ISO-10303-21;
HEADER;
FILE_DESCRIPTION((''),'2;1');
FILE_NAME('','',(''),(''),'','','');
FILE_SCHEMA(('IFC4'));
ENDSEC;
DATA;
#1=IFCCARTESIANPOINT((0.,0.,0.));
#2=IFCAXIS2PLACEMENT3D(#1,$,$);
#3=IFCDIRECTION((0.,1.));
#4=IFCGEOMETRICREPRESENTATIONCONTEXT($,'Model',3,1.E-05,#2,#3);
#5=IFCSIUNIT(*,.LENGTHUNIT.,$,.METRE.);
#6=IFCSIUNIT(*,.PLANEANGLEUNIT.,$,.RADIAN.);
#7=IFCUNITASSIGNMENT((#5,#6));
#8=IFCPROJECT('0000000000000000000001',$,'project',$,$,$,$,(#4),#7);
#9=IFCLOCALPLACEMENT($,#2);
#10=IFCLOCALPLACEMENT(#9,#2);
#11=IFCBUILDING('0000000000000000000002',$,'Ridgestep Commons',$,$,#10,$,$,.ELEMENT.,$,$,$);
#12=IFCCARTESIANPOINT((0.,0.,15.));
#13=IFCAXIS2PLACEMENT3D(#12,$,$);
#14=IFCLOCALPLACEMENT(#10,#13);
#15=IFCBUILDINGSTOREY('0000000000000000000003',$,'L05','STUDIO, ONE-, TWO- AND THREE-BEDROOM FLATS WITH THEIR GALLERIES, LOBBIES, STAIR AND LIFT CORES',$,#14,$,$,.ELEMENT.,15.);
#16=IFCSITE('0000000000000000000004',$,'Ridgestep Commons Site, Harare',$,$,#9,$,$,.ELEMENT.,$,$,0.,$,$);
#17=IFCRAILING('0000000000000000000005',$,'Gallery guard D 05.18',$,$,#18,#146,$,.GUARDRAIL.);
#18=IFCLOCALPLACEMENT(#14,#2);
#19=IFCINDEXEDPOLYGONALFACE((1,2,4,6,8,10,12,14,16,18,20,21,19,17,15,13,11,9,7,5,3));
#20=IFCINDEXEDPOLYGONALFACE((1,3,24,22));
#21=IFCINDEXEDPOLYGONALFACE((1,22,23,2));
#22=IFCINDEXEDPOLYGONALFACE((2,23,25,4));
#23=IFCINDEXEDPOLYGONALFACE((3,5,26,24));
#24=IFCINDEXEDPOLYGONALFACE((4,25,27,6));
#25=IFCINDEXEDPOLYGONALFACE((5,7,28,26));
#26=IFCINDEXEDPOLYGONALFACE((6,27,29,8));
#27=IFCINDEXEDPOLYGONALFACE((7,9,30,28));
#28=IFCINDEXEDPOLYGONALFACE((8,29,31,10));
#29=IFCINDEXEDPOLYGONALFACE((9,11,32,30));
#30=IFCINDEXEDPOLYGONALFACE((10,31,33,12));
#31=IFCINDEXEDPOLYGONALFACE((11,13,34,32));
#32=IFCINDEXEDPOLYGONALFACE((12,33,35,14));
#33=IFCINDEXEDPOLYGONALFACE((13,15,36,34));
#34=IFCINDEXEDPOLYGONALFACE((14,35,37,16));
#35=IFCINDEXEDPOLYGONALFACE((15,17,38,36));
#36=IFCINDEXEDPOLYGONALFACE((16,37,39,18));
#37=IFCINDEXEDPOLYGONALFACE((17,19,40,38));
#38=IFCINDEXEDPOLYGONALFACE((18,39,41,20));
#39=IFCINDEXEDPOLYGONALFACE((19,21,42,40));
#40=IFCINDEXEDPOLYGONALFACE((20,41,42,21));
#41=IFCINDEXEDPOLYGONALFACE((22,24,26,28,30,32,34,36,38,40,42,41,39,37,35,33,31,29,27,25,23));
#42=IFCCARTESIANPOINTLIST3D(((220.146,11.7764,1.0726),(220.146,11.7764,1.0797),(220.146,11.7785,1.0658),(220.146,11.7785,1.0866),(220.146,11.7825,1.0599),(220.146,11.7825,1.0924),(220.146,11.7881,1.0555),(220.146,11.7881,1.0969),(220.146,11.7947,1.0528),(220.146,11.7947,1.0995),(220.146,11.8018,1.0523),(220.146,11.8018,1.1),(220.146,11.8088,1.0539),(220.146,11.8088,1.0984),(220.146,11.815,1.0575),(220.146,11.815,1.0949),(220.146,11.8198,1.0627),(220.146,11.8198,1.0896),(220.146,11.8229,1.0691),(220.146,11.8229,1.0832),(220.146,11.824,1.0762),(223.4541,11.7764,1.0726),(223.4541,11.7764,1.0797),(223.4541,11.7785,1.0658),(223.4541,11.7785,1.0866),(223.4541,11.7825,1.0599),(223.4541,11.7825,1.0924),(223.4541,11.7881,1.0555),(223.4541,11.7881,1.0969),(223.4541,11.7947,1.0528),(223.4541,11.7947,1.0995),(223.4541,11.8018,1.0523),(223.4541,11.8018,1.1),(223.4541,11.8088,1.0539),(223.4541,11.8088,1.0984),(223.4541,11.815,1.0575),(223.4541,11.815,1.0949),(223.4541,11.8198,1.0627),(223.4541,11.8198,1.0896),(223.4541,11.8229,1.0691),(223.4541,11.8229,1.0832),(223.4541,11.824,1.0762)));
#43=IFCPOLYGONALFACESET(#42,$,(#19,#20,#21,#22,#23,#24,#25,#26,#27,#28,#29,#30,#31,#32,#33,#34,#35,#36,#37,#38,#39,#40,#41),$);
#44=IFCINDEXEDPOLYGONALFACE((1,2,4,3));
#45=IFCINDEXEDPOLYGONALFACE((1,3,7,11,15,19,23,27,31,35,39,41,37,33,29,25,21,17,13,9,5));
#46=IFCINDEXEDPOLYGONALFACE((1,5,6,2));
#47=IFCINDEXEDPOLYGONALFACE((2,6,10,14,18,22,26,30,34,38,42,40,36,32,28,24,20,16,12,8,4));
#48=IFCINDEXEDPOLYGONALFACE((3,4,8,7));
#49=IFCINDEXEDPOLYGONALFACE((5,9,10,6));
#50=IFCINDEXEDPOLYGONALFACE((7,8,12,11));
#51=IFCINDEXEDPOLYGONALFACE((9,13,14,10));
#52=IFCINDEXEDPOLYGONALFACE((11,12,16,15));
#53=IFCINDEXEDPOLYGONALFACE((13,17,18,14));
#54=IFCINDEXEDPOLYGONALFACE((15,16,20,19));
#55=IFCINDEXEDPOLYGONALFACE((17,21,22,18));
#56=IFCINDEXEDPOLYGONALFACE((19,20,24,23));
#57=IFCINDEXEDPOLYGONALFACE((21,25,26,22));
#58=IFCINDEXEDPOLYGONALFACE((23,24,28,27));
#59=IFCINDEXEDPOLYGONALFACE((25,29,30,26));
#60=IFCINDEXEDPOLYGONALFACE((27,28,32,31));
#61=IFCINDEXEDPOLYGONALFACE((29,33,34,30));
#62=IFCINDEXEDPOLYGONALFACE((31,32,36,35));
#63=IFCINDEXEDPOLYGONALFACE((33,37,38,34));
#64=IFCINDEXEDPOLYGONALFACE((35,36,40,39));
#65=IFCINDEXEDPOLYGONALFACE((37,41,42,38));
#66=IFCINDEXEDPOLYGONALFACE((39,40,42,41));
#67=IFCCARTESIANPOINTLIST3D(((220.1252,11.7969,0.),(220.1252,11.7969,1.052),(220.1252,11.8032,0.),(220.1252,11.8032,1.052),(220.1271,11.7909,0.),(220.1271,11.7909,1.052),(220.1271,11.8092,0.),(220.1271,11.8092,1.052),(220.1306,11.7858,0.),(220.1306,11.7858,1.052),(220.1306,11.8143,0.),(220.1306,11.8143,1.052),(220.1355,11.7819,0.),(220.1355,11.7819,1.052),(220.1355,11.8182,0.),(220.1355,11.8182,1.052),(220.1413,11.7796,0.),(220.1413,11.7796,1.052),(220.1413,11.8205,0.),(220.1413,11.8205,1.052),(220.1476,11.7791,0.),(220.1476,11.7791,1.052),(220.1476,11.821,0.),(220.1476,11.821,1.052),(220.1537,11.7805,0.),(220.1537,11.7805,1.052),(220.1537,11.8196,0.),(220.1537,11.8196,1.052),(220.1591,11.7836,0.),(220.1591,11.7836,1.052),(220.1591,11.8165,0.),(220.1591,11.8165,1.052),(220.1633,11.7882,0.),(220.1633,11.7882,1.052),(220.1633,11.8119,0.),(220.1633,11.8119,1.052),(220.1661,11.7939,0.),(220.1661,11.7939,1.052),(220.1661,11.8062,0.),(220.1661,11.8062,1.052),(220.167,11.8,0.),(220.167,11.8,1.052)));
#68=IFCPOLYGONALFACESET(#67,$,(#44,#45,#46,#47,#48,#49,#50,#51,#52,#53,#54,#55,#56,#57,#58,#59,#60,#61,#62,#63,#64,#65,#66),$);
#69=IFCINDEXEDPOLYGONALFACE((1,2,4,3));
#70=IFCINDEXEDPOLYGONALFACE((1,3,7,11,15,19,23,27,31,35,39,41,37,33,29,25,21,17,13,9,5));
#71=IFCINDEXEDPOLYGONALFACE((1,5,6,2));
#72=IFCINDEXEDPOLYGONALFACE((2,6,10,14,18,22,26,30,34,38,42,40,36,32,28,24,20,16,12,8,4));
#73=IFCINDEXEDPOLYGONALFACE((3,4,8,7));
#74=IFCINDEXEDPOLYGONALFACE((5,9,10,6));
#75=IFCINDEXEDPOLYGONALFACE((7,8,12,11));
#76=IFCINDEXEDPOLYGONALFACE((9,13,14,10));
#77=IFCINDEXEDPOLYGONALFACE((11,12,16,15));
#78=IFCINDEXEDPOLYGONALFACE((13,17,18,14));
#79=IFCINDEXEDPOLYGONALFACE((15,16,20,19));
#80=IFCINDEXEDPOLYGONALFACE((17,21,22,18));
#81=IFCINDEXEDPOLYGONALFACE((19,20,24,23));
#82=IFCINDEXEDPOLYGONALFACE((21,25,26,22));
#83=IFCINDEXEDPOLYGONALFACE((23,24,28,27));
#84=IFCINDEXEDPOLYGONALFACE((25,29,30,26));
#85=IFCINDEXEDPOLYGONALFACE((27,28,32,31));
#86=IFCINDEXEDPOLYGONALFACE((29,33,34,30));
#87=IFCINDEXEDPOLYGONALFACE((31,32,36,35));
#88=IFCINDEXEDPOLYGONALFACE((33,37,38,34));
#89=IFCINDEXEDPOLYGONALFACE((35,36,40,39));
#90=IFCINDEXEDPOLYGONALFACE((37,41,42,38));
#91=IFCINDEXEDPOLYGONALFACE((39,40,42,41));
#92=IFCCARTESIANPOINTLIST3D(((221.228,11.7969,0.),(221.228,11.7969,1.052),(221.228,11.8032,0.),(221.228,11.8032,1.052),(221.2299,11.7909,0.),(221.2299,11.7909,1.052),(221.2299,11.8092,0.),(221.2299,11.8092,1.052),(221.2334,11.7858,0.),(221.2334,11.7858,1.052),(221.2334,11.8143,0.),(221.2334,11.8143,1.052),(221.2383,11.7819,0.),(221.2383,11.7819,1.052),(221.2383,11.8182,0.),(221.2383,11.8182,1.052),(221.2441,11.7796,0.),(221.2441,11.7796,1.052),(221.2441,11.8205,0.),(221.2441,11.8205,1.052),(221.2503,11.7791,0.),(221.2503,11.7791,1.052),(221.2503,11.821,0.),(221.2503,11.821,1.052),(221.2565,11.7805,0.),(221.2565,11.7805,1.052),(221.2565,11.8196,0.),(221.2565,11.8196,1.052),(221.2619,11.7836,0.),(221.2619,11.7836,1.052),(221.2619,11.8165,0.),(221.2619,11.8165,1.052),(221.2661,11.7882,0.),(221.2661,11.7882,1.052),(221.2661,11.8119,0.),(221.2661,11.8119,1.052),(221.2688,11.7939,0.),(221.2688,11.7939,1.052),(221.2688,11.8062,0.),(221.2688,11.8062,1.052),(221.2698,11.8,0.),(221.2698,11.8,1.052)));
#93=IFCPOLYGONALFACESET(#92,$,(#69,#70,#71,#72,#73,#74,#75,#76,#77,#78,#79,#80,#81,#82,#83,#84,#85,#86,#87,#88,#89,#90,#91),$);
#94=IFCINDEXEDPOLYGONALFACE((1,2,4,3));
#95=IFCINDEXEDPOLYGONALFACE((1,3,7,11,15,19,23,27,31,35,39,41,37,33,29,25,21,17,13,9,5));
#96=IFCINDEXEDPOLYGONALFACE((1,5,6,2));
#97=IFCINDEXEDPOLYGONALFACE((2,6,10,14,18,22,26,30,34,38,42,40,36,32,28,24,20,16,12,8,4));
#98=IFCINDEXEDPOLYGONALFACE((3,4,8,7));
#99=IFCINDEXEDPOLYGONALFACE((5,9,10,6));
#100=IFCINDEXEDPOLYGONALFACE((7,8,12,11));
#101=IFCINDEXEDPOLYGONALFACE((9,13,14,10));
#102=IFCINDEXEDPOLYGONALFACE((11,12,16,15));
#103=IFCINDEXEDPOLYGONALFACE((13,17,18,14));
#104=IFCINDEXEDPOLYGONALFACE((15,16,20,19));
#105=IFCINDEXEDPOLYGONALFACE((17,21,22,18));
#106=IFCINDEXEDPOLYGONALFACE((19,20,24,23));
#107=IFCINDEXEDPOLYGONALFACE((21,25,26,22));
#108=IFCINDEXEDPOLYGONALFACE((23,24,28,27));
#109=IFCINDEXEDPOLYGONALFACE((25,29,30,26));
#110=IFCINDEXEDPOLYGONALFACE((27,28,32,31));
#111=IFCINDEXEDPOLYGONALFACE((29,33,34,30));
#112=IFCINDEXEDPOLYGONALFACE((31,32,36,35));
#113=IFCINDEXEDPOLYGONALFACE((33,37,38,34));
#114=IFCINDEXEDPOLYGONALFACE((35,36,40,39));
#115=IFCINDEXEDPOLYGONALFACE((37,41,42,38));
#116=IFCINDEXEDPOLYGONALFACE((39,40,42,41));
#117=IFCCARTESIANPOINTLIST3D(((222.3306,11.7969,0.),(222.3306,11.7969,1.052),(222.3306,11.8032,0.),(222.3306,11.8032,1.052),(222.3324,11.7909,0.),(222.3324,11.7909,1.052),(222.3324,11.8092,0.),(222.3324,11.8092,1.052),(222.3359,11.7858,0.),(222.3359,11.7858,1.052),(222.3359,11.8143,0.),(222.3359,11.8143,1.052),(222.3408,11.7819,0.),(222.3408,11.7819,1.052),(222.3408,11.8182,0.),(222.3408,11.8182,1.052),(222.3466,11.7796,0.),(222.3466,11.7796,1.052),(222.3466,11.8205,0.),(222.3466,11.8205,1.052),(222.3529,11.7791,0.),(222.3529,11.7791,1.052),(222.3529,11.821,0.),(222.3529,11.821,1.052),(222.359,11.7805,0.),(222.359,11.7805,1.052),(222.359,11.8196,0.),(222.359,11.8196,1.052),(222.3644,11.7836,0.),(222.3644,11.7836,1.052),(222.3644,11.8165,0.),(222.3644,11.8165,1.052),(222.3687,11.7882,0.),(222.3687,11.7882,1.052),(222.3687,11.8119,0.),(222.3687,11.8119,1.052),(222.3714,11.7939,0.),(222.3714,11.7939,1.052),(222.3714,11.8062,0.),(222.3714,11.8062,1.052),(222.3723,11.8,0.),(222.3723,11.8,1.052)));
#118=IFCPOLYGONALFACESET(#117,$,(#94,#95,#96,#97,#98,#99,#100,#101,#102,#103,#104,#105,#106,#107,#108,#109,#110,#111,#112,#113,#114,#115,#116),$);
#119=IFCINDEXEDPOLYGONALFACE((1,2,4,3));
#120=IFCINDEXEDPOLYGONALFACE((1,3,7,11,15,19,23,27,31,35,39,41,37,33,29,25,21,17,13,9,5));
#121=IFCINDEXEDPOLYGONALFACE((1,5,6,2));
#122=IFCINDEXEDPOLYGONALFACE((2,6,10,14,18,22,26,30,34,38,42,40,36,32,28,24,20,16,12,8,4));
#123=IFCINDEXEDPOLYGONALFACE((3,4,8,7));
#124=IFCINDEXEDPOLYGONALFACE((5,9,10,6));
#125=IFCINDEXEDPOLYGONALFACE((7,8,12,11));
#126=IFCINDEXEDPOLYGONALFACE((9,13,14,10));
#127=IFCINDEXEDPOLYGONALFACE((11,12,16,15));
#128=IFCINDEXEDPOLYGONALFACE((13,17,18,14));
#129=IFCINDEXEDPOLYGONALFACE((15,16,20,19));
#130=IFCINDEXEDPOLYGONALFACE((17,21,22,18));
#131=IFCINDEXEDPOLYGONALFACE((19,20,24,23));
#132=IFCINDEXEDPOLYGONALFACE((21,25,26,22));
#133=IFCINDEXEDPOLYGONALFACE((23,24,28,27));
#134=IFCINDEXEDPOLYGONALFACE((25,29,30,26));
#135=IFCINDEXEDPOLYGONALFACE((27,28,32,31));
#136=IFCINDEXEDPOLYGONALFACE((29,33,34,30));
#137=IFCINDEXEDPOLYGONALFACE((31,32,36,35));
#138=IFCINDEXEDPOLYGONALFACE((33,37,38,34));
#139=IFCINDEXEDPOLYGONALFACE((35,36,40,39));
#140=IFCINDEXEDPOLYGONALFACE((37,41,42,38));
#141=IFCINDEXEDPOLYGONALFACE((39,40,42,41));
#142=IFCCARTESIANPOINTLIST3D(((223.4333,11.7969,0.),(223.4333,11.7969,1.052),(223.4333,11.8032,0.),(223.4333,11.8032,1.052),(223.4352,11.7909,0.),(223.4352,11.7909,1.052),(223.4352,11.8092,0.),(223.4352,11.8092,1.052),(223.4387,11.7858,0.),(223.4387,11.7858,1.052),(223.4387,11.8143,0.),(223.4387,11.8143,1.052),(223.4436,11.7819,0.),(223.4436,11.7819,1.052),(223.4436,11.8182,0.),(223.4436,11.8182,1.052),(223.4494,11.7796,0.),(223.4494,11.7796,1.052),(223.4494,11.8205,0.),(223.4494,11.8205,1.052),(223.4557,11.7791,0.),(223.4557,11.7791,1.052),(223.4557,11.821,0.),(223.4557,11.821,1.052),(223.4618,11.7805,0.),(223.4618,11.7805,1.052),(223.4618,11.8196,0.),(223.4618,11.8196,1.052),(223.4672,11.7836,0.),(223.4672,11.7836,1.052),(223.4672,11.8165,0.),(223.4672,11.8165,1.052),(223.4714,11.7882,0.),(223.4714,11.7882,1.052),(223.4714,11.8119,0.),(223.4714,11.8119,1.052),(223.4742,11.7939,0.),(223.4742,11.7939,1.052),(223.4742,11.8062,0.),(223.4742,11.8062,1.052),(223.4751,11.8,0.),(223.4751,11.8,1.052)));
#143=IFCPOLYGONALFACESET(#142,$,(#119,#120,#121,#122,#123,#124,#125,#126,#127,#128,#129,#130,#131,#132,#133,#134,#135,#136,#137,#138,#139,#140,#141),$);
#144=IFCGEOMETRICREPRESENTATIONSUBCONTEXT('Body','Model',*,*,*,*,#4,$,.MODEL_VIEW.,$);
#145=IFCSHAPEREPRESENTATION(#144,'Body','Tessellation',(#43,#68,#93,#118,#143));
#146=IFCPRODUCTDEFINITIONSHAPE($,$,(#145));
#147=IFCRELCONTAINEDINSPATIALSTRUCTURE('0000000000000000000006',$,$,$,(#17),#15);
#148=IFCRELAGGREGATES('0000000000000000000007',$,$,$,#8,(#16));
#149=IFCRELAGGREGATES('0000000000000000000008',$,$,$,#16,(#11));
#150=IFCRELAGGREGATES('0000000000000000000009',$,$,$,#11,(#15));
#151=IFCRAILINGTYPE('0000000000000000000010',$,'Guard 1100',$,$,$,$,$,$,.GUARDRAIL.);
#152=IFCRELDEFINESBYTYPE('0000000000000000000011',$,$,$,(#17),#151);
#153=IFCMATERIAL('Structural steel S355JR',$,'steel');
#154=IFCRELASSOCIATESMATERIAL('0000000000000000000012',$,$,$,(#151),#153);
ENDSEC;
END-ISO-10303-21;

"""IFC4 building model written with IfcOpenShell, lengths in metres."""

from ifc_helpers import new_model, si_unit, direction, frame, origin, origin_2d, place, context, subcontext, project, spatial, circle, extrude, material, type_object, element, save


model = new_model("IFC4")

# Units and contexts
model_context = context("Model", 3, precision=1e-05, world=origin(), true_north=direction((0.0, 1.0)))
body_context = subcontext(model_context, "Body", "Model", "MODEL_VIEW")
ifc_project = project(units=[si_unit("LENGTHUNIT", "METRE"), si_unit("PLANEANGLEUNIT", "RADIAN")], contexts=[model_context])

# Site, building, storey
site_placement = place(None, origin())
site = spatial("IfcSite", under=ifc_project, at=site_placement, Name="Ridgestep Commons Site, Harare", CompositionType="ELEMENT", RefElevation=0.0)
building_placement = place(site_placement, origin())
building = spatial("IfcBuilding", under=site, at=building_placement, Name="Ridgestep Commons", CompositionType="ELEMENT")
storey_placement = place(building_placement, frame((0.0, 0.0, 15.0)))
storey = spatial("IfcBuildingStorey", under=building, at=storey_placement, Name="L05", Description="STUDIO, ONE-, TWO- AND THREE-BEDROOM FLATS WITH THEIR GALLERIES, LOBBIES, STAIR AND LIFT CORES", CompositionType="ELEMENT", Elevation=15.0)

# Railing
ifc_material_1 = material(Name="Structural steel S355JR", Category="steel")
railing_type = type_object("IfcRailingType", Name="Guard 1100", PredefinedType="GUARDRAIL", material=ifc_material_1)
railing_1_placement = place(storey_placement, frame((220.146, 11.8, 0.0)))
element("IfcRailing", 1, at=railing_1_placement, inside=storey, type_object=railing_type, Name="Gallery guard D 05.18", PredefinedType="GUARDRAIL", context=body_context, shape_type="SweptSolid", body=[
    extrude(circle(Radius=0.0239, at=origin_2d()), frame((0.0, 0.0, 1.0762), z_axis=(1.0, 0.0, 0.0), x_axis=(0.0, 1.0, 0.0)), (0.0, 0.0, 1.0), 3.3081),
    extrude(circle(Radius=0.021, at=origin_2d()), origin(), (0.0, 0.0, 1.0), 1.052),
    extrude(circle(Radius=0.021, at=origin_2d()), frame((1.1028, 0.0, 0.0)), (0.0, 0.0, 1.0), 1.052),
    extrude(circle(Radius=0.021, at=origin_2d()), frame((2.2053, 0.0, 0.0)), (0.0, 0.0, 1.0), 1.052),
    extrude(circle(Radius=0.021, at=origin_2d()), frame((3.3081, 0.0, 0.0)), (0.0, 0.0, 1.0), 1.052),
])

save(model, "model.ifc")
